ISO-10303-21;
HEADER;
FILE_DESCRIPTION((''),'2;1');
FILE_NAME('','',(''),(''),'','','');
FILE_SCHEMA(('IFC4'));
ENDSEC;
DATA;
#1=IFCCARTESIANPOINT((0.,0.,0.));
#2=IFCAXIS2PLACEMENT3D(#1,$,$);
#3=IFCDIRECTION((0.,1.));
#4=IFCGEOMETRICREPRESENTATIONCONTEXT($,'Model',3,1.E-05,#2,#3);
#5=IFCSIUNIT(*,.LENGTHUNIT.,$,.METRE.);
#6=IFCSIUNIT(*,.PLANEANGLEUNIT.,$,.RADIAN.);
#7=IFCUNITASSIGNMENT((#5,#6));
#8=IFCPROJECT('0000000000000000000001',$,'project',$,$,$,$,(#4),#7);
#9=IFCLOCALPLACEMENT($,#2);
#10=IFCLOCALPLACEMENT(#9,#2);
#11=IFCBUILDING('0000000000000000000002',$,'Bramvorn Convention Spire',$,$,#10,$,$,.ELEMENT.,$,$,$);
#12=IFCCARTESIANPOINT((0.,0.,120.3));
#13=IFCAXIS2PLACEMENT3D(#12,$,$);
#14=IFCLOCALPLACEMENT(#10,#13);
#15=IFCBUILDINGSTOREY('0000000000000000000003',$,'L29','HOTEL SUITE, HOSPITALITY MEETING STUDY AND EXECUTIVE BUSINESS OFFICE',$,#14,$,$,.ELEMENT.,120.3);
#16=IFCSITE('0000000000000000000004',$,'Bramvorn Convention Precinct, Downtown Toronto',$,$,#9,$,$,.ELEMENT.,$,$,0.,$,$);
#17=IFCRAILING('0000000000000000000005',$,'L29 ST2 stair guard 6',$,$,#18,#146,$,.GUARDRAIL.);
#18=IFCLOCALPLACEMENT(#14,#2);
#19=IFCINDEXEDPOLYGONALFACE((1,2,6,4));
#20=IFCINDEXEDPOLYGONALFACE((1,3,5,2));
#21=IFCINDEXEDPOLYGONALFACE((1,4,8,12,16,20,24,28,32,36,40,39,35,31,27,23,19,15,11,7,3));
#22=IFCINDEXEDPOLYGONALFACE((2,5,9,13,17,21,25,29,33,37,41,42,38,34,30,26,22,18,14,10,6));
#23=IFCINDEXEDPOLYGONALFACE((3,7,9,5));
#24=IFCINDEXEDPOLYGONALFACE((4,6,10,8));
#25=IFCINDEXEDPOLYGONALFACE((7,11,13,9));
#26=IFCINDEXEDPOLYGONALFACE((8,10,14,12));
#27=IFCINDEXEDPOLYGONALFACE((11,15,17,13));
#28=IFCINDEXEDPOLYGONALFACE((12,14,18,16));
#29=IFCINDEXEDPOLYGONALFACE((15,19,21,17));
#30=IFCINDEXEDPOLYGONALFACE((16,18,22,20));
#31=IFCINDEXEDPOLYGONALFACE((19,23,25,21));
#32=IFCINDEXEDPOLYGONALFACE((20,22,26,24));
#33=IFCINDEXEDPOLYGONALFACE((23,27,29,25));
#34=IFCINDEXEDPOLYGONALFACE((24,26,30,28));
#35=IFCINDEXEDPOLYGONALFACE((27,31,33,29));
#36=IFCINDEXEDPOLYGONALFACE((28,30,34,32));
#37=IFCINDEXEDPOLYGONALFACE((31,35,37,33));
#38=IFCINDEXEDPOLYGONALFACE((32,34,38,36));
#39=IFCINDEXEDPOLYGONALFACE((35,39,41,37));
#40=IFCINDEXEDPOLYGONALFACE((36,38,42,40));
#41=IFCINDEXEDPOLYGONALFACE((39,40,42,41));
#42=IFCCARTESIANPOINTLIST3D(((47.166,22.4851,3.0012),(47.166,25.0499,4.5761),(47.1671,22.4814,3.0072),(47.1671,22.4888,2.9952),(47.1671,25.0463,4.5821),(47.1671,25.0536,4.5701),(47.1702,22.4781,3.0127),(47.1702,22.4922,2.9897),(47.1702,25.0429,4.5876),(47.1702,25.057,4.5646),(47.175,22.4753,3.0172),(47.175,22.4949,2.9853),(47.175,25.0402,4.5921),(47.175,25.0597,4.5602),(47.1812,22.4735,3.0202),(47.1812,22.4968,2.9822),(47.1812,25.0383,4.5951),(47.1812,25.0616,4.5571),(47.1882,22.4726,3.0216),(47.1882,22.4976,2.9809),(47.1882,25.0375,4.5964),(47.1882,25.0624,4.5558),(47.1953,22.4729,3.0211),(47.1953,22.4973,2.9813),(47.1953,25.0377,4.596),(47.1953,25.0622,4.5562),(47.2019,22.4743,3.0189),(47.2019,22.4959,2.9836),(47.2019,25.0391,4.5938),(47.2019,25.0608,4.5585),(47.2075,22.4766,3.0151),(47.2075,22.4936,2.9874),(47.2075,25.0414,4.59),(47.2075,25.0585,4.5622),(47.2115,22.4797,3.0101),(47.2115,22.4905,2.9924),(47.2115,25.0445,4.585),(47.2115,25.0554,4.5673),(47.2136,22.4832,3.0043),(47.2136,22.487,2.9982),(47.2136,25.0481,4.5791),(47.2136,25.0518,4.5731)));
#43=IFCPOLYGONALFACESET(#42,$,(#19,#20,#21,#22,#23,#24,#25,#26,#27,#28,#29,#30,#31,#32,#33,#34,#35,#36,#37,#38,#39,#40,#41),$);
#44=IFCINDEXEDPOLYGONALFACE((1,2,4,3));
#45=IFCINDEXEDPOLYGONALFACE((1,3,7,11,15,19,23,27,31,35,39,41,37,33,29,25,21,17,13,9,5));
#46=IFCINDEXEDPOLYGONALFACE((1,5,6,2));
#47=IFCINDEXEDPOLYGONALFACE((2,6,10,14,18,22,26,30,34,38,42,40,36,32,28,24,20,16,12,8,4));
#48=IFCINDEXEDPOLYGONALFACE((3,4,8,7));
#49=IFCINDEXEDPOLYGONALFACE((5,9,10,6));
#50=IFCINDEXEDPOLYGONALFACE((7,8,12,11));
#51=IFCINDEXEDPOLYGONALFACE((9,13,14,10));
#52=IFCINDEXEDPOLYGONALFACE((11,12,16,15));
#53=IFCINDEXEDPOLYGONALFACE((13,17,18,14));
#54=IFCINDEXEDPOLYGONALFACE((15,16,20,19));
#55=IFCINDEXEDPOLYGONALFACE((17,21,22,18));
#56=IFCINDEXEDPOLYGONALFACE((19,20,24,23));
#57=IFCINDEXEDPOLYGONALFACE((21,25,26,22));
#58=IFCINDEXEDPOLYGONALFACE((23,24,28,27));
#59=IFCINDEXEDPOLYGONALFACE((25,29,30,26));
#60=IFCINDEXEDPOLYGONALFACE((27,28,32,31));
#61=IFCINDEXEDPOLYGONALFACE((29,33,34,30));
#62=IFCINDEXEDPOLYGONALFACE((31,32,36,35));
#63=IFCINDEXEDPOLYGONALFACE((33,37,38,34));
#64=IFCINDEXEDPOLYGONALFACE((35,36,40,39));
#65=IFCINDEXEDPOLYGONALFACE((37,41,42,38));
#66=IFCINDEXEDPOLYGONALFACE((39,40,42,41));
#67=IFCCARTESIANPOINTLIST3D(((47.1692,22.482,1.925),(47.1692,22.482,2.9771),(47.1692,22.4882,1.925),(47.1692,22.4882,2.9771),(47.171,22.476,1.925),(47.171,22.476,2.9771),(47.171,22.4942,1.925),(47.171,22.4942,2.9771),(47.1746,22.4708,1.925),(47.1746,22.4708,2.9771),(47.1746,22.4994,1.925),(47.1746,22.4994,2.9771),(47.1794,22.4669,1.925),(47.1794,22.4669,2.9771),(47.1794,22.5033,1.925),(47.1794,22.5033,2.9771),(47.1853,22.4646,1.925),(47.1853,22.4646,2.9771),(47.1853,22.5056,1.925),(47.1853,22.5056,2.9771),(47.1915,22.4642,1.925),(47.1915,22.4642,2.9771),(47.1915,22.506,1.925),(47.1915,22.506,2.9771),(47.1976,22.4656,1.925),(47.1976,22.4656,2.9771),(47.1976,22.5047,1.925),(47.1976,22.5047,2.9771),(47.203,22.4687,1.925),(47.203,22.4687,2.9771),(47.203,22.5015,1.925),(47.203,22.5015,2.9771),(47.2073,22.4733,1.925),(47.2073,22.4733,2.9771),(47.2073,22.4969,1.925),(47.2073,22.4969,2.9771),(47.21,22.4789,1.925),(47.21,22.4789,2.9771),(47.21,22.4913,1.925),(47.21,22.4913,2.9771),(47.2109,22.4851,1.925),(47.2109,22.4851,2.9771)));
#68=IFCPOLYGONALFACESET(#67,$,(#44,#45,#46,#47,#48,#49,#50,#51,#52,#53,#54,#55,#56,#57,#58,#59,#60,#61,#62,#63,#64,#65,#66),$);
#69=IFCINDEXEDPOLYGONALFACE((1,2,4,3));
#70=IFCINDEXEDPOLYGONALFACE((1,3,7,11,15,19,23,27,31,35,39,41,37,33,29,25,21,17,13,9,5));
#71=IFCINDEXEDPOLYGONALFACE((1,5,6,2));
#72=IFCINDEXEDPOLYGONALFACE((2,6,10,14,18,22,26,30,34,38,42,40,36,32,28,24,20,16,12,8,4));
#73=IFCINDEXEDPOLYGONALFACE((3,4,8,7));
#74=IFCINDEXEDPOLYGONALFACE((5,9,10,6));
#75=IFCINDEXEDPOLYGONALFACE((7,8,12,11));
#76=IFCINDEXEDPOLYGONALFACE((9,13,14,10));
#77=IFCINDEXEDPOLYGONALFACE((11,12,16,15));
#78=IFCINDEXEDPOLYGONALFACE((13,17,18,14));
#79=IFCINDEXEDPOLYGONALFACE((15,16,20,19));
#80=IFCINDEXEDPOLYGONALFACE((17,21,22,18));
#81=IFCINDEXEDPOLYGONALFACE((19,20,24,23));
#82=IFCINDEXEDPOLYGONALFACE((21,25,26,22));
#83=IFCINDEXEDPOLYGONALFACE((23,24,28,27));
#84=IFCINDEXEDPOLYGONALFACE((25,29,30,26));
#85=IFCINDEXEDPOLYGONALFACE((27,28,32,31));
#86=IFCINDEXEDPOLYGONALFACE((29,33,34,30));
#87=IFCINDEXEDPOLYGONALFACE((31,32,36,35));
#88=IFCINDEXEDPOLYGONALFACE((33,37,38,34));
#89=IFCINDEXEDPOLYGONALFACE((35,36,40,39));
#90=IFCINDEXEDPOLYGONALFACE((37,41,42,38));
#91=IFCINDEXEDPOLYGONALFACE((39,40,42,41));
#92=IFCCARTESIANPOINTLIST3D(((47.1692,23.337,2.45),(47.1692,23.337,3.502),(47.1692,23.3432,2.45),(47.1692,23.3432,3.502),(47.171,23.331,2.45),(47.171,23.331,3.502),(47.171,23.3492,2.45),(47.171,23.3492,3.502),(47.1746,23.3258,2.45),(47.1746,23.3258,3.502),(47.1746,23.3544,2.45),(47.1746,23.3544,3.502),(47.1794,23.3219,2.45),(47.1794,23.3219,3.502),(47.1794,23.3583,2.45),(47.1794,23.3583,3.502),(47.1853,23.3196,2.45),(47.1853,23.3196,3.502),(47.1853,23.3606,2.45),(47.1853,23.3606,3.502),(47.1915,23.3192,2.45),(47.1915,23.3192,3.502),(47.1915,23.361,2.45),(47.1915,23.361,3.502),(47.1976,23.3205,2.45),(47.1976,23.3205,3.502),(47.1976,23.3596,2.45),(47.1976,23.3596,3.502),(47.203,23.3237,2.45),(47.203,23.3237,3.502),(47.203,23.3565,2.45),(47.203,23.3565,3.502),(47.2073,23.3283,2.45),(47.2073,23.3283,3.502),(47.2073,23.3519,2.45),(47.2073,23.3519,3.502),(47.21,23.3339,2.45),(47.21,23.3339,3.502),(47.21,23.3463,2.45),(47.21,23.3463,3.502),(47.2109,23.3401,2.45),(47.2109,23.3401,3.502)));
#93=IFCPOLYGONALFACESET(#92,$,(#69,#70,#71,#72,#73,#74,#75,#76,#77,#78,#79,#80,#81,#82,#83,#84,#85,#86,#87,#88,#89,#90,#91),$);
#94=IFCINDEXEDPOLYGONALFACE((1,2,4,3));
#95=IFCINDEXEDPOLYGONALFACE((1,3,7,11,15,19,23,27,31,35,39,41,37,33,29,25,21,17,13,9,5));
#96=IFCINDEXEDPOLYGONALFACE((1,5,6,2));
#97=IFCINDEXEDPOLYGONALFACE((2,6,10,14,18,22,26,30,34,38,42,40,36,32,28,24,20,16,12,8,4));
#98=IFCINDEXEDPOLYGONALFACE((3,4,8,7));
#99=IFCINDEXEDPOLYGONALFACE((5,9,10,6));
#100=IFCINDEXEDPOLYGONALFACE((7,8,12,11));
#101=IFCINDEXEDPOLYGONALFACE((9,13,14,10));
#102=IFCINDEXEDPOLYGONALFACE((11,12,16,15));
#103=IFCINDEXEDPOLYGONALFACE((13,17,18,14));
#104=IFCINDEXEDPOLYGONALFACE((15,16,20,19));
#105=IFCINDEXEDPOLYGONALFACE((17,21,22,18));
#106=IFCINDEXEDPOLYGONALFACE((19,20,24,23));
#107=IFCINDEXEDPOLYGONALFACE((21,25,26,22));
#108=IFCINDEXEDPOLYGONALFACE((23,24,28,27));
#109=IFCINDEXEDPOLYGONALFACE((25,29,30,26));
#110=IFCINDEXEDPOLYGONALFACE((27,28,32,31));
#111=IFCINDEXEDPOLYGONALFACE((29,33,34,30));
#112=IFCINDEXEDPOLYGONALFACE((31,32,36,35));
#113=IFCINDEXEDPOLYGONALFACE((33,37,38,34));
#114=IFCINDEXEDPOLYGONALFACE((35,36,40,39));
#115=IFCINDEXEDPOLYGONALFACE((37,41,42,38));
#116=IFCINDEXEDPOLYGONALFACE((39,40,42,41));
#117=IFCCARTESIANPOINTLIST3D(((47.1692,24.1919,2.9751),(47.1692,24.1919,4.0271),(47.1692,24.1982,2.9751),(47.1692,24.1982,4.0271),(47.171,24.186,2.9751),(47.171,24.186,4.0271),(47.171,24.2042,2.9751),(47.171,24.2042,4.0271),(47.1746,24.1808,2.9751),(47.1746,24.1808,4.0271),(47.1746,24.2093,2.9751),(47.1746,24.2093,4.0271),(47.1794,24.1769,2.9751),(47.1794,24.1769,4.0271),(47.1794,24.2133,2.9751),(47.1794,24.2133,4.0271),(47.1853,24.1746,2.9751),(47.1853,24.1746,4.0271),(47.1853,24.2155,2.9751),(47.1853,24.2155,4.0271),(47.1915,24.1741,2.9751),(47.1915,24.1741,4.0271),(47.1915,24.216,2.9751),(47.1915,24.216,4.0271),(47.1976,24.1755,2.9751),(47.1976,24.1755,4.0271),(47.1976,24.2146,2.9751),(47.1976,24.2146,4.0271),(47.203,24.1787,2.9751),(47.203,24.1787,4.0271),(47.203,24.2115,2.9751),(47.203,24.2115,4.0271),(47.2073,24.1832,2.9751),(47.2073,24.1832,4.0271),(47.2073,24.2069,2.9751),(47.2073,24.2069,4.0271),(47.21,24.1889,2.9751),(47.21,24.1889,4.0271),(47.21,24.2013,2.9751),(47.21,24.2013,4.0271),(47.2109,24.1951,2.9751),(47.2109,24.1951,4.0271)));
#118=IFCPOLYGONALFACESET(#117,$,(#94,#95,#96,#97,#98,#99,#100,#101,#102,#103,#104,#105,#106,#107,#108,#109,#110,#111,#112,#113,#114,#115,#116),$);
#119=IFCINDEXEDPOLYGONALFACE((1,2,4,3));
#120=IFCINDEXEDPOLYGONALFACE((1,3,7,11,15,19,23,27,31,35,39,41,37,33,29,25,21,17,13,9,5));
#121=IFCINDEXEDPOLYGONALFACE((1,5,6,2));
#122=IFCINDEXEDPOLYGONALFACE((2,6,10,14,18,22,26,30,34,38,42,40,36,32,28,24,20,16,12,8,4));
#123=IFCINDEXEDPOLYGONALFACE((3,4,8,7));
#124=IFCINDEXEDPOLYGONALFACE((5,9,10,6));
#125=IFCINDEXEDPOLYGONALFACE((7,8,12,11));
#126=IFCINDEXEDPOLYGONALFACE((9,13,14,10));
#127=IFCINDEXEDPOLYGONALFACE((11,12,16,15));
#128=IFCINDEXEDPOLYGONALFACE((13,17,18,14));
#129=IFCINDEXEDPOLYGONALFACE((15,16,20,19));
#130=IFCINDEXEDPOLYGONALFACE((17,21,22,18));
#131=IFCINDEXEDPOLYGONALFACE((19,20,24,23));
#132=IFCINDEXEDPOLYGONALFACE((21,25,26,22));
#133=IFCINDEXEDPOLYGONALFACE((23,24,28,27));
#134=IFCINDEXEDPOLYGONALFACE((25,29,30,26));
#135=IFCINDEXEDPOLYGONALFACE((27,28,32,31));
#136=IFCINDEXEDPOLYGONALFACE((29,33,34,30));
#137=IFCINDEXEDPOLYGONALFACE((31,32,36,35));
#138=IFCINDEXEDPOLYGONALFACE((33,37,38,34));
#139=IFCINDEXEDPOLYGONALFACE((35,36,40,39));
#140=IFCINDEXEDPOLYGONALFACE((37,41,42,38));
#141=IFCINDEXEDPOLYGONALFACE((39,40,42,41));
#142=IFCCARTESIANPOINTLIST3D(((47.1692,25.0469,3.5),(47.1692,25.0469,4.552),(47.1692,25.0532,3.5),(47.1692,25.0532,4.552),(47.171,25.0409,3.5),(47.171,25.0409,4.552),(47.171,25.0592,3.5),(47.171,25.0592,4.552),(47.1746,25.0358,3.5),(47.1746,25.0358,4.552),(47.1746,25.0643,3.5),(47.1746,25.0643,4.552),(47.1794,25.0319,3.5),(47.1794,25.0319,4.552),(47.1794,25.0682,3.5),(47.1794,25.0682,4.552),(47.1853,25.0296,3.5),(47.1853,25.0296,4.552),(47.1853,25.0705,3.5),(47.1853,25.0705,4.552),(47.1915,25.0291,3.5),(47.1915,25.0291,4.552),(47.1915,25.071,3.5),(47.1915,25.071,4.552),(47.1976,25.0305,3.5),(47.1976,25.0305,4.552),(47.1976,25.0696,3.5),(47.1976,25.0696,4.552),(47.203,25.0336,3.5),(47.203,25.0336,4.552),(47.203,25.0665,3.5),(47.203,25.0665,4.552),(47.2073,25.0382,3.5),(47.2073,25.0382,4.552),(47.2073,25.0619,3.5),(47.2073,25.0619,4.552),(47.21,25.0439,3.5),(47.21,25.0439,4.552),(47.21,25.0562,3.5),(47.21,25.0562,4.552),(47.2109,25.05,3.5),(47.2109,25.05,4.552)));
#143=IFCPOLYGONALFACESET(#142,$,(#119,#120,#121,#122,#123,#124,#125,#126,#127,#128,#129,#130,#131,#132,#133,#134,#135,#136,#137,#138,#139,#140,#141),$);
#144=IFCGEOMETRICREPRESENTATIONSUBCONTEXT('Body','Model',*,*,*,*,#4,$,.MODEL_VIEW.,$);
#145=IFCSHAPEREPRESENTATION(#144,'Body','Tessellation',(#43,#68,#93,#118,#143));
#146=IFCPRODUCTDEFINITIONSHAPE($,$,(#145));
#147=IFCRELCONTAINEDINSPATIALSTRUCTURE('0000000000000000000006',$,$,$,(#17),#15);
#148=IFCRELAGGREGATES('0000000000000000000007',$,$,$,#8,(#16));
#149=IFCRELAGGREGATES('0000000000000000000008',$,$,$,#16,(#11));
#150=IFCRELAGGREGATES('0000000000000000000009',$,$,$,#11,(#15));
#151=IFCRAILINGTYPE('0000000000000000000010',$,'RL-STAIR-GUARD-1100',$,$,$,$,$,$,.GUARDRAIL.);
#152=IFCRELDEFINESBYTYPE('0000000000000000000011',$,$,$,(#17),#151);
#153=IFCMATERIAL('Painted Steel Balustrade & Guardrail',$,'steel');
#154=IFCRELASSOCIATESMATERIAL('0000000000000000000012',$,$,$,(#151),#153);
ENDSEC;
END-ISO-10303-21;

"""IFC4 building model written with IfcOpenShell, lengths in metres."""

from ifc_helpers import new_model, si_unit, direction, frame, origin, origin_2d, place, context, subcontext, project, spatial, circle, extrude, material, type_object, element, save


model = new_model("IFC4")

# Units and contexts
model_context = context("Model", 3, precision=1e-05, world=origin(), true_north=direction((0.0, 1.0)))
body_context = subcontext(model_context, "Body", "Model", "MODEL_VIEW")
ifc_project = project(units=[si_unit("LENGTHUNIT", "METRE"), si_unit("PLANEANGLEUNIT", "RADIAN")], contexts=[model_context])

# Site, building, storey
site_placement = place(None, origin())
site = spatial("IfcSite", under=ifc_project, at=site_placement, Name="Bramvorn Convention Precinct, Downtown Toronto", CompositionType="ELEMENT", RefElevation=0.0)
building_placement = place(site_placement, origin())
building = spatial("IfcBuilding", under=site, at=building_placement, Name="Bramvorn Convention Spire", CompositionType="ELEMENT")
storey_placement = place(building_placement, frame((0.0, 0.0, 120.3)))
storey = spatial("IfcBuildingStorey", under=building, at=storey_placement, Name="L29", Description="HOTEL SUITE, HOSPITALITY MEETING STUDY AND EXECUTIVE BUSINESS OFFICE", CompositionType="ELEMENT", Elevation=120.3)

# Railing
ifc_material_1 = material(Name="Painted Steel Balustrade & Guardrail", Category="steel")
railing_type_1 = type_object("IfcRailingType", Name="RL-STAIR-GUARD-1100", PredefinedType="GUARDRAIL", material=ifc_material_1)
railing_1_placement = place(storey_placement, frame((47.1899, 22.4851, 1.925)))
element("IfcRailing", 1, at=railing_1_placement, inside=storey, type_object=railing_type_1, Name="L29 ST2 stair guard 6", PredefinedType="GUARDRAIL", context=body_context, shape_type="SweptSolid", body=[
    extrude(circle(Radius=0.0239, at=origin_2d()), frame((0.0, 0.0, 1.0762), z_axis=(0.0, 0.852173, 0.52326), x_axis=(-1.0, 0.0, 0.0)), (0.0, 0.0, 1.0), 3.0098),
    extrude(circle(Radius=0.021, at=origin_2d()), origin(), (0.0, 0.0, 1.0), 1.052),
    extrude(circle(Radius=0.021, at=origin_2d()), frame((0.0, 0.855, 0.5249)), (0.0, 0.0, 1.0), 1.052),
    extrude(circle(Radius=0.021, at=origin_2d()), frame((0.0, 1.71, 1.05)), (0.0, 0.0, 1.0), 1.052),
    extrude(circle(Radius=0.021, at=origin_2d()), frame((0.0, 2.5649, 1.575)), (0.0, 0.0, 1.0), 1.052),
])

save(model, "model.ifc")
